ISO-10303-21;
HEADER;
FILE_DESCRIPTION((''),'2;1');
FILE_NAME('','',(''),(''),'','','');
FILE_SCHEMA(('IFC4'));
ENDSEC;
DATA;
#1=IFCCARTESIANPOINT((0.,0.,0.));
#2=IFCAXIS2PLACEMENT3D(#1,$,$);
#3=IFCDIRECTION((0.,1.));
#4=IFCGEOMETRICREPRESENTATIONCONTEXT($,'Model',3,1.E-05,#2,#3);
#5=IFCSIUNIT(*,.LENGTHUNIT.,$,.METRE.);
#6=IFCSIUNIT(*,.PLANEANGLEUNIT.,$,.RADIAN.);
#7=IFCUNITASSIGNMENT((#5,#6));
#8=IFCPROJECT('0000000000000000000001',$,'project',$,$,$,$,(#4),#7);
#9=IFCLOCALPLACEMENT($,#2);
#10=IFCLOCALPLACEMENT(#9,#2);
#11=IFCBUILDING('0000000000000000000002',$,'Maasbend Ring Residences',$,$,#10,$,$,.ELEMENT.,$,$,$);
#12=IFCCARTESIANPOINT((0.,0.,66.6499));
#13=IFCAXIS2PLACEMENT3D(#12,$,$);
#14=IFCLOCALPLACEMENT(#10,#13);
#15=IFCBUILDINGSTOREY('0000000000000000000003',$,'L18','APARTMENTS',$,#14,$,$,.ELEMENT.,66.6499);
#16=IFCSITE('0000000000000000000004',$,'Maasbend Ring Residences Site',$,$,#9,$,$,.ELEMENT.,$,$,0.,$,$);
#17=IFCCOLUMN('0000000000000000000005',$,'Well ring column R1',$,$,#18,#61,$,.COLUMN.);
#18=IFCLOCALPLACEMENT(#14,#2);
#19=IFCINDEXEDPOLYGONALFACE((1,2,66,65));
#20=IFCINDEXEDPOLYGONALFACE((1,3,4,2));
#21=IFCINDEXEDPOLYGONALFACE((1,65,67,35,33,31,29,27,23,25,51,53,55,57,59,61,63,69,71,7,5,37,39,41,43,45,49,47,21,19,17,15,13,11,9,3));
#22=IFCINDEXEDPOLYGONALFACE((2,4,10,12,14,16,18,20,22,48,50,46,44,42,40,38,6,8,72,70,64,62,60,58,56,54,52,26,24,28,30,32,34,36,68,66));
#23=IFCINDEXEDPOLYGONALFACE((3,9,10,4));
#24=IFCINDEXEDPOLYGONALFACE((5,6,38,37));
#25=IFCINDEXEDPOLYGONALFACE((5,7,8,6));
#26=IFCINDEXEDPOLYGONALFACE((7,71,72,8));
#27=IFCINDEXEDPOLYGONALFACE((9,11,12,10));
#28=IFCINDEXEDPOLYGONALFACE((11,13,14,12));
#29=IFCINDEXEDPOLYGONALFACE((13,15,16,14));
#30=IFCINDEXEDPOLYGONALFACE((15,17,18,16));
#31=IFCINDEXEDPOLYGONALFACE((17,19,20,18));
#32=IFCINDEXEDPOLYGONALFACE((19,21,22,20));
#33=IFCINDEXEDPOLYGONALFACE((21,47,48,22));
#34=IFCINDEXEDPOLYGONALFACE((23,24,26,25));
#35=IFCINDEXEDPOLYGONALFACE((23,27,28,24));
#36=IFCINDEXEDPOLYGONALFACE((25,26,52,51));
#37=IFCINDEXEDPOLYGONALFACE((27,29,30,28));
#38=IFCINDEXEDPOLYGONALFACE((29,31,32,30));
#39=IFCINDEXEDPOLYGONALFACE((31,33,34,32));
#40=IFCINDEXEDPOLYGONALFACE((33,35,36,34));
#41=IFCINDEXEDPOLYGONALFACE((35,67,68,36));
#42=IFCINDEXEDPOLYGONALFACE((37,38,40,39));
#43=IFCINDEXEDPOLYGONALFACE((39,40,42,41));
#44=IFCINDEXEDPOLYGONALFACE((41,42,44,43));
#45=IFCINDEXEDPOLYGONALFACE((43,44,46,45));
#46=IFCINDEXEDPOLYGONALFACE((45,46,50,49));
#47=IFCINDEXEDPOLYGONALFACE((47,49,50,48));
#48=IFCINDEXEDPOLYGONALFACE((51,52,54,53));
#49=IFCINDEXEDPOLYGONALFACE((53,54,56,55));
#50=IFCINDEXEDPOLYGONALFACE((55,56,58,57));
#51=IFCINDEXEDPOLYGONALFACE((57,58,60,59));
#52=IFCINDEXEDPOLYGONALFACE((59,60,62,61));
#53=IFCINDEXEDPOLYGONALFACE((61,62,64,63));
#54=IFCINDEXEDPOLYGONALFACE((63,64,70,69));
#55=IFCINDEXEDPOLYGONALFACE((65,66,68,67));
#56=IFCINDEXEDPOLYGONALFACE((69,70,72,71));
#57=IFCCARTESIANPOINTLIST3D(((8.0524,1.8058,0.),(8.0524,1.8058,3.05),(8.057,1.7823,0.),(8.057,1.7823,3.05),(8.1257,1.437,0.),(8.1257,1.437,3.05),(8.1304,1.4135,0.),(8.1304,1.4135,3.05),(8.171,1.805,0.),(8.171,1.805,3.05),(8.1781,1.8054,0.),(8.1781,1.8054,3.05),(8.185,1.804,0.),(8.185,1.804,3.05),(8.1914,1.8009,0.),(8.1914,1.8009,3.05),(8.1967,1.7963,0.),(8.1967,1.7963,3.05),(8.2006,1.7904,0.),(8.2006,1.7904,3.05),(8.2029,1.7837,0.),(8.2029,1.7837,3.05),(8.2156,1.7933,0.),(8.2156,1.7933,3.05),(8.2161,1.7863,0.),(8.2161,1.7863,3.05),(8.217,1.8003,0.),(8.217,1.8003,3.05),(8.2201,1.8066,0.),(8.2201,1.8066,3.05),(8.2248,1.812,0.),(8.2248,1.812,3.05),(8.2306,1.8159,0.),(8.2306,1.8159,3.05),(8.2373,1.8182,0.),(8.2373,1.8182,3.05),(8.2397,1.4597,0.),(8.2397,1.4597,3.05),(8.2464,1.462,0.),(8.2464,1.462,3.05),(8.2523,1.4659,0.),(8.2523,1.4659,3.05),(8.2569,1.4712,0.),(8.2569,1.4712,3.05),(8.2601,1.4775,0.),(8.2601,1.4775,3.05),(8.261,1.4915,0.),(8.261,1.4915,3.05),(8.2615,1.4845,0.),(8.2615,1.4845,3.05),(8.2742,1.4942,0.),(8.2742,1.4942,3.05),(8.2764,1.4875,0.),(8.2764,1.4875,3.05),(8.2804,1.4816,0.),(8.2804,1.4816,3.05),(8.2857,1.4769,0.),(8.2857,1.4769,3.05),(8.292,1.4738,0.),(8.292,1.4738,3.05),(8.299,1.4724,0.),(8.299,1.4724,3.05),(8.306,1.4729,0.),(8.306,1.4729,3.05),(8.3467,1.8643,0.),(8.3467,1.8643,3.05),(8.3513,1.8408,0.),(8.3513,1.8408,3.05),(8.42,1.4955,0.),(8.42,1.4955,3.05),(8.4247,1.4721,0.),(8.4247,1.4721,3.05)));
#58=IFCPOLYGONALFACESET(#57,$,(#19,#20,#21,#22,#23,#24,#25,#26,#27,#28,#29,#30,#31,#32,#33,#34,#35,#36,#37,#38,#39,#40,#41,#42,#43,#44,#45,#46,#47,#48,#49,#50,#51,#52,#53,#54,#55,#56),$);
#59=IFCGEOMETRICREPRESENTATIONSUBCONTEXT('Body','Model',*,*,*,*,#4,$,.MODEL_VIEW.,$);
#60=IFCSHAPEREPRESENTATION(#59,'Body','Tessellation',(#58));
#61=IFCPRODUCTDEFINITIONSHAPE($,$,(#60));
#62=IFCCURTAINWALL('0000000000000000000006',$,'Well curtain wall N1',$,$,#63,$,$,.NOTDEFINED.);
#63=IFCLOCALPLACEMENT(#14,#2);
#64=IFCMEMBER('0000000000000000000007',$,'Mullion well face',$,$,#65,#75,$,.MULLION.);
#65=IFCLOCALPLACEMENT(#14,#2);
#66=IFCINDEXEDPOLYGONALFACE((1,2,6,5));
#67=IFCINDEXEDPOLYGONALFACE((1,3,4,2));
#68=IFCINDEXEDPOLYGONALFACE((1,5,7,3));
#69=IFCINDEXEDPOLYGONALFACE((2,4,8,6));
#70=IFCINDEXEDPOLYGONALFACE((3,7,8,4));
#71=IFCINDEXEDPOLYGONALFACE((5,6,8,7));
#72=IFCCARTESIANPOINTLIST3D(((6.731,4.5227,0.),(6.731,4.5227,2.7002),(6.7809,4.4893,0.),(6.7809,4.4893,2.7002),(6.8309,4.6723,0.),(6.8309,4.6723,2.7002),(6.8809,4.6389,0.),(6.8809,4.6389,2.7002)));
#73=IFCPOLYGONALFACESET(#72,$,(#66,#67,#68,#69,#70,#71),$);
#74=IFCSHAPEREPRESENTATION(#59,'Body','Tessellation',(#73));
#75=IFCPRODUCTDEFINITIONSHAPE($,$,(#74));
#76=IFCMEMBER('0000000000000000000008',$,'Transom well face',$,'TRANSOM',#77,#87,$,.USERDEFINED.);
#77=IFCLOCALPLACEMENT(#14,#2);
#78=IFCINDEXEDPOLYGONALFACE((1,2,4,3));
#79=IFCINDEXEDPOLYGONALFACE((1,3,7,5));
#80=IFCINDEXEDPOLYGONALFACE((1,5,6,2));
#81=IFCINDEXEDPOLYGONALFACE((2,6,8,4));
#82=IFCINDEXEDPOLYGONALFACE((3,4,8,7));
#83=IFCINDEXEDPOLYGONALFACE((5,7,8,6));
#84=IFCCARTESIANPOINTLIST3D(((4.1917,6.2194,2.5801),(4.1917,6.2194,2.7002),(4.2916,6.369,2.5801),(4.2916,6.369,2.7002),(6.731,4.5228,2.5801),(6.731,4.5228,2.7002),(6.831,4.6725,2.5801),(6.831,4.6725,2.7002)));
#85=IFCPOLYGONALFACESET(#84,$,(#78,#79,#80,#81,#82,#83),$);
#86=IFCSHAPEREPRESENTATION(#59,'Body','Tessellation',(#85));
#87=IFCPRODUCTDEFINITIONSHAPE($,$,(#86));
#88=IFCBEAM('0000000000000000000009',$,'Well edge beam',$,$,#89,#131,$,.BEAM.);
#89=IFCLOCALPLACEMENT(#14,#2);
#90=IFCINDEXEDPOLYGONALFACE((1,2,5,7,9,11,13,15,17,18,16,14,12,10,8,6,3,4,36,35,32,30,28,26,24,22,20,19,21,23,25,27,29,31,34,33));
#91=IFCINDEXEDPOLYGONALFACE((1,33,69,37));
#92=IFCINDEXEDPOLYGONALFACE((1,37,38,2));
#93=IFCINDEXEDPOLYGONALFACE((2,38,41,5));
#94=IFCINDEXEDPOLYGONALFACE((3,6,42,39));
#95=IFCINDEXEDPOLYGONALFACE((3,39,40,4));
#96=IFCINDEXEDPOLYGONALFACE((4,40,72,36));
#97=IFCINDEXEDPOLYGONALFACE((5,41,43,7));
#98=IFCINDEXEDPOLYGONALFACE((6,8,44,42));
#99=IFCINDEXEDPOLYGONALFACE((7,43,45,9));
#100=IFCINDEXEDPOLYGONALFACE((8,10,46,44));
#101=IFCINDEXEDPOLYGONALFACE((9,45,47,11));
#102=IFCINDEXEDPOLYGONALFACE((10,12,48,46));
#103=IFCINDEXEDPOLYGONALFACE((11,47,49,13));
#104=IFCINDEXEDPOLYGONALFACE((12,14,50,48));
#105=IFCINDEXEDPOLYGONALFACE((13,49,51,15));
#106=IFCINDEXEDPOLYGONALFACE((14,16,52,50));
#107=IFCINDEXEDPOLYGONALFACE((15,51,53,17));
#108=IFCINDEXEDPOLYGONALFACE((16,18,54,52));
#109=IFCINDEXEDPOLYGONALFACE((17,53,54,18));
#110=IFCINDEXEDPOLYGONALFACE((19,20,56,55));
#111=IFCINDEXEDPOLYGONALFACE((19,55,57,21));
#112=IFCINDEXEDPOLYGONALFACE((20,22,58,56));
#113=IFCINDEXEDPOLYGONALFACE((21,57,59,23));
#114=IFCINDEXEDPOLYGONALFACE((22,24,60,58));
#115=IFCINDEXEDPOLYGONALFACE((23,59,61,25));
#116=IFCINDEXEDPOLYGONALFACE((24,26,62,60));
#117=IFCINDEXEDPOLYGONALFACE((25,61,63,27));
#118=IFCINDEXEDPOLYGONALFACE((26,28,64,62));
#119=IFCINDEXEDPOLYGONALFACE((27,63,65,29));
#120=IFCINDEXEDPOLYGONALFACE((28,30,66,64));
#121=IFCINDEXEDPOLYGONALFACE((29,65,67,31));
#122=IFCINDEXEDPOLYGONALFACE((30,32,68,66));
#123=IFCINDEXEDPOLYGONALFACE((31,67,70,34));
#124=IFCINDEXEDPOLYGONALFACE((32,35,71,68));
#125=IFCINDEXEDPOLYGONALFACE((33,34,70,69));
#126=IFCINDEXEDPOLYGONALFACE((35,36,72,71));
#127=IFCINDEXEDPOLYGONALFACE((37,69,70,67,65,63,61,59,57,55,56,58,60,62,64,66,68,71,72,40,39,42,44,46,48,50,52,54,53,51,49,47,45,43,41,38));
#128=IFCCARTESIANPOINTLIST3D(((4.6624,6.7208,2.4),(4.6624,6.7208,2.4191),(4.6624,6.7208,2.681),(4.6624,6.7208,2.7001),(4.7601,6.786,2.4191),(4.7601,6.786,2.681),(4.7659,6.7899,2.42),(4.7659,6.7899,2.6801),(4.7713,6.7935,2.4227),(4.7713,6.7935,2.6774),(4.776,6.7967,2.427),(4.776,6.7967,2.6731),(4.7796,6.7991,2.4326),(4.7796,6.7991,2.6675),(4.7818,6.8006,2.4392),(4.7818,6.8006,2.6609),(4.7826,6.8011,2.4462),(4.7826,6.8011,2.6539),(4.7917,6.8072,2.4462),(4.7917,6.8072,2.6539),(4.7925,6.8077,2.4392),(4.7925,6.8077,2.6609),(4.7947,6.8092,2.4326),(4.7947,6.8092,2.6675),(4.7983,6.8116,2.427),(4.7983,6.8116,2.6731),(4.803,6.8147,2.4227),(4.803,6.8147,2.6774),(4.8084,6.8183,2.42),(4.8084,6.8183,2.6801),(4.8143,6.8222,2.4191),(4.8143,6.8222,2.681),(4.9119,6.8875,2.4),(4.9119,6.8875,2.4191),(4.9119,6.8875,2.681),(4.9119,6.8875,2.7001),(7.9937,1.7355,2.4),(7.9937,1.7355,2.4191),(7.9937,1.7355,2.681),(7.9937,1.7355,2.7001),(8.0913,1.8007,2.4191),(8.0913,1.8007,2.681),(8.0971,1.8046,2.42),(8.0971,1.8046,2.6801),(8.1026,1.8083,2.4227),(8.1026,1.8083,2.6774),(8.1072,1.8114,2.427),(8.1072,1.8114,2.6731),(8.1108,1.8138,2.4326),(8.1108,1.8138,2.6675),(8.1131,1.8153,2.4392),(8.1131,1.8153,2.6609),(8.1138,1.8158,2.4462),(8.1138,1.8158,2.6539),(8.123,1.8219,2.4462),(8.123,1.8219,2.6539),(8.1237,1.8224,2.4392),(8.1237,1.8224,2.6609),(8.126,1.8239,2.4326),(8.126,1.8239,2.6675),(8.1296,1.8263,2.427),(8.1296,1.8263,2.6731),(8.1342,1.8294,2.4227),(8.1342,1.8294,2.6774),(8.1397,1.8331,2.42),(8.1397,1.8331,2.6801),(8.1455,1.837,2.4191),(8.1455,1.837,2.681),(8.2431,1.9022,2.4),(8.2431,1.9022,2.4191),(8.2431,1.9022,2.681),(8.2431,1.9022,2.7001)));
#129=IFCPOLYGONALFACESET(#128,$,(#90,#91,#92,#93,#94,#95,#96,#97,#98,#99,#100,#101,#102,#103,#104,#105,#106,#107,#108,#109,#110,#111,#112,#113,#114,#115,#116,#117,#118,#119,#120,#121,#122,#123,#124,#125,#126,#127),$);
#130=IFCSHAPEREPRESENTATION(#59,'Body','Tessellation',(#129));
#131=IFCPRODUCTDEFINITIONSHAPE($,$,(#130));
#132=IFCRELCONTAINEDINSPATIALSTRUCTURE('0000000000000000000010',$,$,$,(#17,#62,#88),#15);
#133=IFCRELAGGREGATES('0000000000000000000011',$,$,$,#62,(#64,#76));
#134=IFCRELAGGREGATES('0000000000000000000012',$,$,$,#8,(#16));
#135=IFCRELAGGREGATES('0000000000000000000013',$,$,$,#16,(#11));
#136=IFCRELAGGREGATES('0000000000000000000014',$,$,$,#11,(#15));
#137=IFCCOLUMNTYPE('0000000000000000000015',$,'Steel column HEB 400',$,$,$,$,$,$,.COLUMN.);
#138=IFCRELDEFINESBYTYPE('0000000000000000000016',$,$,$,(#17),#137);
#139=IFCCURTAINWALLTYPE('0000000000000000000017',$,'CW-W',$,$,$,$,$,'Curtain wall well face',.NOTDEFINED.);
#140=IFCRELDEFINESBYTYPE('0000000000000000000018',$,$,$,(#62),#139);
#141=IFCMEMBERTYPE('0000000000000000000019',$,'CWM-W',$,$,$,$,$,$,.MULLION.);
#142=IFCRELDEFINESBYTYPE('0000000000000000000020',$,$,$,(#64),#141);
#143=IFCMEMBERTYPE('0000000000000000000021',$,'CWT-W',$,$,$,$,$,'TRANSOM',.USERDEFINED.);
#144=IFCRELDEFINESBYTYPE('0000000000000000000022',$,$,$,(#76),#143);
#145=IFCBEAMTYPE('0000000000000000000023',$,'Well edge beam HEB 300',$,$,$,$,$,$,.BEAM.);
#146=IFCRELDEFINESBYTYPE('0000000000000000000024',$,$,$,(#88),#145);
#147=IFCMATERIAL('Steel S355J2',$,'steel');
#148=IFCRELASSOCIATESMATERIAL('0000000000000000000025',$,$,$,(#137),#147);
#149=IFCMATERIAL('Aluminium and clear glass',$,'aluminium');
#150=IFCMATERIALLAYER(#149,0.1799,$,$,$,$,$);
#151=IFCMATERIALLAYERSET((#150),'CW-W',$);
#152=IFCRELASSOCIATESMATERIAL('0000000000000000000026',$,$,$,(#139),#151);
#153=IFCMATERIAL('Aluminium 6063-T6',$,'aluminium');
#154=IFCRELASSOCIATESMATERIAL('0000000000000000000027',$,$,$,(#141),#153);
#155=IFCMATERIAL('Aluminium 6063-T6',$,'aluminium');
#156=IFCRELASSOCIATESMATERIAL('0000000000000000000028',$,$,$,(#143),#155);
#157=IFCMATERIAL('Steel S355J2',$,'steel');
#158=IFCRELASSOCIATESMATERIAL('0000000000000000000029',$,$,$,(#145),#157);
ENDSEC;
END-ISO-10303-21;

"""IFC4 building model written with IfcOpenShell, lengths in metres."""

from ifc_helpers import new_model, si_unit, direction, frame, origin, origin_2d, place, context, subcontext, project, spatial, rectangle, i_section, extrude, material, layer, layer_set, material_profile, profile_set, type_object, element, aggregate, save


model = new_model("IFC4")

# Units and contexts
model_context = context("Model", 3, precision=1e-05, world=origin(), true_north=direction((0.0, 1.0)))
body_context = subcontext(model_context, "Body", "Model", "MODEL_VIEW")
ifc_project = project(units=[si_unit("LENGTHUNIT", "METRE"), si_unit("PLANEANGLEUNIT", "RADIAN")], contexts=[model_context])

# Site, building, storey
site_placement = place(None, origin())
site = spatial("IfcSite", under=ifc_project, at=site_placement, Name="Maasbend Ring Residences Site", CompositionType="ELEMENT", RefElevation=0.0)
building_placement = place(site_placement, origin())
building = spatial("IfcBuilding", under=site, at=building_placement, Name="Maasbend Ring Residences", CompositionType="ELEMENT")
storey_placement = place(building_placement, frame((0.0, 0.0, 66.6499)))
storey = spatial("IfcBuildingStorey", under=building, at=storey_placement, Name="L18", Description="APARTMENTS", CompositionType="ELEMENT", Elevation=66.6499)

# Column
ifc_material_1 = material(Name="Steel S355J2", Category="steel")
ifc_material_profile_1 = material_profile(ifc_material_1, i_section(OverallWidth=0.3, OverallDepth=0.3999, WebThickness=0.0134, FlangeThickness=0.0239, FilletRadius=0.0271, at=origin_2d()), Name="HEB 400")
ifc_profile_set_1 = profile_set([ifc_material_profile_1], Name="Steel S355J2")
column_type = type_object("IfcColumnType", Name="Steel column HEB 400", PredefinedType="COLUMN", material=ifc_profile_set_1)
column_placement = place(storey_placement, frame((8.2385, 1.6389, 0.0), z_axis=(0.0, 0.0, 1.0), x_axis=(0.980785, 0.19509, 0.0)))
element("IfcColumn", 1, at=column_placement, inside=storey, type_object=column_type, Name="Well ring column R1", PredefinedType="COLUMN", context=body_context, shape_type="SweptSolid", body=[
    extrude(i_section(OverallWidth=0.3, OverallDepth=0.3999, WebThickness=0.0134, FlangeThickness=0.0239, FilletRadius=0.0271, at=origin_2d()), origin(), (0.0, 0.0, 1.0), 3.05),
])

# Curtain wall, members
ifc_material_2 = material(Name="Aluminium and clear glass", Category="aluminium")
ifc_layer_1 = layer(ifc_material_2, 0.1799)
ifc_layer_set_1 = layer_set([ifc_layer_1], Name="CW-W")
curtain_wall_type = type_object("IfcCurtainWallType", Name="CW-W", ElementType="Curtain wall well face", PredefinedType="NOTDEFINED", material=ifc_layer_set_1)
curtain_wall_placement = place(storey_placement, origin())
curtain_wall = element("IfcCurtainWall", 2, at=curtain_wall_placement, inside=storey, type_object=curtain_wall_type, Name="Well curtain wall N1", PredefinedType="NOTDEFINED")
ifc_material_3 = material(Name="Aluminium 6063-T6", Category="aluminium")
ifc_material_profile_2 = material_profile(ifc_material_3, rectangle(XDim=0.1799, YDim=0.0601, at=origin_2d()), Name="AL 180x60")
ifc_profile_set_2 = profile_set([ifc_material_profile_2], Name="Aluminium 6063-T6")
member_type_1 = type_object("IfcMemberType", Name="CWM-W", PredefinedType="MULLION", material=ifc_profile_set_2)
member_1_placement = place(storey_placement, frame((6.8059, 4.5808, 0.0), z_axis=(0.0, 0.0, 1.0), x_axis=(-0.55557, -0.83147, 0.0)))
member_1 = element("IfcMember", 3, at=member_1_placement, type_object=member_type_1, Name="Mullion well face", PredefinedType="MULLION", context=body_context, shape_type="SweptSolid", body=[
    extrude(rectangle(XDim=0.1799, YDim=0.0601, at=origin_2d()), origin(), (0.0, 0.0, 1.0), 2.7002),
])
ifc_material_4 = material(Name="Aluminium 6063-T6", Category="aluminium")
ifc_material_profile_3 = material_profile(ifc_material_4, rectangle(XDim=0.1799, YDim=0.1201, at=origin_2d()), Name="AL 180x120")
ifc_profile_set_3 = profile_set([ifc_material_profile_3], Name="Aluminium 6063-T6")
member_type_2 = type_object("IfcMemberType", Name="CWT-W", ElementType="TRANSOM", PredefinedType="USERDEFINED", material=ifc_profile_set_3)
member_2_placement = place(storey_placement, frame((6.781, 4.5977, 2.6401), z_axis=(-0.831496, 0.55553, 0.0), x_axis=(-0.55553, -0.831496, 0.0)))
member_2 = element("IfcMember", 4, at=member_2_placement, type_object=member_type_2, Name="Transom well face", ObjectType="TRANSOM", PredefinedType="USERDEFINED", context=body_context, shape_type="SweptSolid", body=[
    extrude(rectangle(XDim=0.1799, YDim=0.1201, at=origin_2d()), origin(), (0.0, 0.0, 1.0), 3.054),
])
aggregate(curtain_wall, [member_1, member_2])

# Beam
ifc_material_5 = material(Name="Steel S355J2", Category="steel")
ifc_material_profile_4 = material_profile(ifc_material_5, i_section(OverallWidth=0.3, OverallDepth=0.3, WebThickness=0.011, FlangeThickness=0.019, FilletRadius=0.0271, at=origin_2d()), Name="HEB 300")
ifc_profile_set_4 = profile_set([ifc_material_profile_4], Name="Steel S355J2")
beam_type = type_object("IfcBeamType", Name="Well edge beam HEB 300", PredefinedType="BEAM", material=ifc_profile_set_4)
beam_placement = place(storey_placement, frame((8.1184, 1.8188, 2.55), z_axis=(-0.555593, 0.831455, 0.0), x_axis=(-0.831455, -0.555593, 0.0)))
element("IfcBeam", 5, at=beam_placement, inside=storey, type_object=beam_type, Name="Well edge beam", PredefinedType="BEAM", context=body_context, shape_type="SweptSolid", body=[
    extrude(i_section(OverallWidth=0.3, OverallDepth=0.3, WebThickness=0.011, FlangeThickness=0.019, FilletRadius=0.0271, at=origin_2d()), origin(), (0.0, 0.0, 1.0), 5.9958),
])

save(model, "model.ifc")
